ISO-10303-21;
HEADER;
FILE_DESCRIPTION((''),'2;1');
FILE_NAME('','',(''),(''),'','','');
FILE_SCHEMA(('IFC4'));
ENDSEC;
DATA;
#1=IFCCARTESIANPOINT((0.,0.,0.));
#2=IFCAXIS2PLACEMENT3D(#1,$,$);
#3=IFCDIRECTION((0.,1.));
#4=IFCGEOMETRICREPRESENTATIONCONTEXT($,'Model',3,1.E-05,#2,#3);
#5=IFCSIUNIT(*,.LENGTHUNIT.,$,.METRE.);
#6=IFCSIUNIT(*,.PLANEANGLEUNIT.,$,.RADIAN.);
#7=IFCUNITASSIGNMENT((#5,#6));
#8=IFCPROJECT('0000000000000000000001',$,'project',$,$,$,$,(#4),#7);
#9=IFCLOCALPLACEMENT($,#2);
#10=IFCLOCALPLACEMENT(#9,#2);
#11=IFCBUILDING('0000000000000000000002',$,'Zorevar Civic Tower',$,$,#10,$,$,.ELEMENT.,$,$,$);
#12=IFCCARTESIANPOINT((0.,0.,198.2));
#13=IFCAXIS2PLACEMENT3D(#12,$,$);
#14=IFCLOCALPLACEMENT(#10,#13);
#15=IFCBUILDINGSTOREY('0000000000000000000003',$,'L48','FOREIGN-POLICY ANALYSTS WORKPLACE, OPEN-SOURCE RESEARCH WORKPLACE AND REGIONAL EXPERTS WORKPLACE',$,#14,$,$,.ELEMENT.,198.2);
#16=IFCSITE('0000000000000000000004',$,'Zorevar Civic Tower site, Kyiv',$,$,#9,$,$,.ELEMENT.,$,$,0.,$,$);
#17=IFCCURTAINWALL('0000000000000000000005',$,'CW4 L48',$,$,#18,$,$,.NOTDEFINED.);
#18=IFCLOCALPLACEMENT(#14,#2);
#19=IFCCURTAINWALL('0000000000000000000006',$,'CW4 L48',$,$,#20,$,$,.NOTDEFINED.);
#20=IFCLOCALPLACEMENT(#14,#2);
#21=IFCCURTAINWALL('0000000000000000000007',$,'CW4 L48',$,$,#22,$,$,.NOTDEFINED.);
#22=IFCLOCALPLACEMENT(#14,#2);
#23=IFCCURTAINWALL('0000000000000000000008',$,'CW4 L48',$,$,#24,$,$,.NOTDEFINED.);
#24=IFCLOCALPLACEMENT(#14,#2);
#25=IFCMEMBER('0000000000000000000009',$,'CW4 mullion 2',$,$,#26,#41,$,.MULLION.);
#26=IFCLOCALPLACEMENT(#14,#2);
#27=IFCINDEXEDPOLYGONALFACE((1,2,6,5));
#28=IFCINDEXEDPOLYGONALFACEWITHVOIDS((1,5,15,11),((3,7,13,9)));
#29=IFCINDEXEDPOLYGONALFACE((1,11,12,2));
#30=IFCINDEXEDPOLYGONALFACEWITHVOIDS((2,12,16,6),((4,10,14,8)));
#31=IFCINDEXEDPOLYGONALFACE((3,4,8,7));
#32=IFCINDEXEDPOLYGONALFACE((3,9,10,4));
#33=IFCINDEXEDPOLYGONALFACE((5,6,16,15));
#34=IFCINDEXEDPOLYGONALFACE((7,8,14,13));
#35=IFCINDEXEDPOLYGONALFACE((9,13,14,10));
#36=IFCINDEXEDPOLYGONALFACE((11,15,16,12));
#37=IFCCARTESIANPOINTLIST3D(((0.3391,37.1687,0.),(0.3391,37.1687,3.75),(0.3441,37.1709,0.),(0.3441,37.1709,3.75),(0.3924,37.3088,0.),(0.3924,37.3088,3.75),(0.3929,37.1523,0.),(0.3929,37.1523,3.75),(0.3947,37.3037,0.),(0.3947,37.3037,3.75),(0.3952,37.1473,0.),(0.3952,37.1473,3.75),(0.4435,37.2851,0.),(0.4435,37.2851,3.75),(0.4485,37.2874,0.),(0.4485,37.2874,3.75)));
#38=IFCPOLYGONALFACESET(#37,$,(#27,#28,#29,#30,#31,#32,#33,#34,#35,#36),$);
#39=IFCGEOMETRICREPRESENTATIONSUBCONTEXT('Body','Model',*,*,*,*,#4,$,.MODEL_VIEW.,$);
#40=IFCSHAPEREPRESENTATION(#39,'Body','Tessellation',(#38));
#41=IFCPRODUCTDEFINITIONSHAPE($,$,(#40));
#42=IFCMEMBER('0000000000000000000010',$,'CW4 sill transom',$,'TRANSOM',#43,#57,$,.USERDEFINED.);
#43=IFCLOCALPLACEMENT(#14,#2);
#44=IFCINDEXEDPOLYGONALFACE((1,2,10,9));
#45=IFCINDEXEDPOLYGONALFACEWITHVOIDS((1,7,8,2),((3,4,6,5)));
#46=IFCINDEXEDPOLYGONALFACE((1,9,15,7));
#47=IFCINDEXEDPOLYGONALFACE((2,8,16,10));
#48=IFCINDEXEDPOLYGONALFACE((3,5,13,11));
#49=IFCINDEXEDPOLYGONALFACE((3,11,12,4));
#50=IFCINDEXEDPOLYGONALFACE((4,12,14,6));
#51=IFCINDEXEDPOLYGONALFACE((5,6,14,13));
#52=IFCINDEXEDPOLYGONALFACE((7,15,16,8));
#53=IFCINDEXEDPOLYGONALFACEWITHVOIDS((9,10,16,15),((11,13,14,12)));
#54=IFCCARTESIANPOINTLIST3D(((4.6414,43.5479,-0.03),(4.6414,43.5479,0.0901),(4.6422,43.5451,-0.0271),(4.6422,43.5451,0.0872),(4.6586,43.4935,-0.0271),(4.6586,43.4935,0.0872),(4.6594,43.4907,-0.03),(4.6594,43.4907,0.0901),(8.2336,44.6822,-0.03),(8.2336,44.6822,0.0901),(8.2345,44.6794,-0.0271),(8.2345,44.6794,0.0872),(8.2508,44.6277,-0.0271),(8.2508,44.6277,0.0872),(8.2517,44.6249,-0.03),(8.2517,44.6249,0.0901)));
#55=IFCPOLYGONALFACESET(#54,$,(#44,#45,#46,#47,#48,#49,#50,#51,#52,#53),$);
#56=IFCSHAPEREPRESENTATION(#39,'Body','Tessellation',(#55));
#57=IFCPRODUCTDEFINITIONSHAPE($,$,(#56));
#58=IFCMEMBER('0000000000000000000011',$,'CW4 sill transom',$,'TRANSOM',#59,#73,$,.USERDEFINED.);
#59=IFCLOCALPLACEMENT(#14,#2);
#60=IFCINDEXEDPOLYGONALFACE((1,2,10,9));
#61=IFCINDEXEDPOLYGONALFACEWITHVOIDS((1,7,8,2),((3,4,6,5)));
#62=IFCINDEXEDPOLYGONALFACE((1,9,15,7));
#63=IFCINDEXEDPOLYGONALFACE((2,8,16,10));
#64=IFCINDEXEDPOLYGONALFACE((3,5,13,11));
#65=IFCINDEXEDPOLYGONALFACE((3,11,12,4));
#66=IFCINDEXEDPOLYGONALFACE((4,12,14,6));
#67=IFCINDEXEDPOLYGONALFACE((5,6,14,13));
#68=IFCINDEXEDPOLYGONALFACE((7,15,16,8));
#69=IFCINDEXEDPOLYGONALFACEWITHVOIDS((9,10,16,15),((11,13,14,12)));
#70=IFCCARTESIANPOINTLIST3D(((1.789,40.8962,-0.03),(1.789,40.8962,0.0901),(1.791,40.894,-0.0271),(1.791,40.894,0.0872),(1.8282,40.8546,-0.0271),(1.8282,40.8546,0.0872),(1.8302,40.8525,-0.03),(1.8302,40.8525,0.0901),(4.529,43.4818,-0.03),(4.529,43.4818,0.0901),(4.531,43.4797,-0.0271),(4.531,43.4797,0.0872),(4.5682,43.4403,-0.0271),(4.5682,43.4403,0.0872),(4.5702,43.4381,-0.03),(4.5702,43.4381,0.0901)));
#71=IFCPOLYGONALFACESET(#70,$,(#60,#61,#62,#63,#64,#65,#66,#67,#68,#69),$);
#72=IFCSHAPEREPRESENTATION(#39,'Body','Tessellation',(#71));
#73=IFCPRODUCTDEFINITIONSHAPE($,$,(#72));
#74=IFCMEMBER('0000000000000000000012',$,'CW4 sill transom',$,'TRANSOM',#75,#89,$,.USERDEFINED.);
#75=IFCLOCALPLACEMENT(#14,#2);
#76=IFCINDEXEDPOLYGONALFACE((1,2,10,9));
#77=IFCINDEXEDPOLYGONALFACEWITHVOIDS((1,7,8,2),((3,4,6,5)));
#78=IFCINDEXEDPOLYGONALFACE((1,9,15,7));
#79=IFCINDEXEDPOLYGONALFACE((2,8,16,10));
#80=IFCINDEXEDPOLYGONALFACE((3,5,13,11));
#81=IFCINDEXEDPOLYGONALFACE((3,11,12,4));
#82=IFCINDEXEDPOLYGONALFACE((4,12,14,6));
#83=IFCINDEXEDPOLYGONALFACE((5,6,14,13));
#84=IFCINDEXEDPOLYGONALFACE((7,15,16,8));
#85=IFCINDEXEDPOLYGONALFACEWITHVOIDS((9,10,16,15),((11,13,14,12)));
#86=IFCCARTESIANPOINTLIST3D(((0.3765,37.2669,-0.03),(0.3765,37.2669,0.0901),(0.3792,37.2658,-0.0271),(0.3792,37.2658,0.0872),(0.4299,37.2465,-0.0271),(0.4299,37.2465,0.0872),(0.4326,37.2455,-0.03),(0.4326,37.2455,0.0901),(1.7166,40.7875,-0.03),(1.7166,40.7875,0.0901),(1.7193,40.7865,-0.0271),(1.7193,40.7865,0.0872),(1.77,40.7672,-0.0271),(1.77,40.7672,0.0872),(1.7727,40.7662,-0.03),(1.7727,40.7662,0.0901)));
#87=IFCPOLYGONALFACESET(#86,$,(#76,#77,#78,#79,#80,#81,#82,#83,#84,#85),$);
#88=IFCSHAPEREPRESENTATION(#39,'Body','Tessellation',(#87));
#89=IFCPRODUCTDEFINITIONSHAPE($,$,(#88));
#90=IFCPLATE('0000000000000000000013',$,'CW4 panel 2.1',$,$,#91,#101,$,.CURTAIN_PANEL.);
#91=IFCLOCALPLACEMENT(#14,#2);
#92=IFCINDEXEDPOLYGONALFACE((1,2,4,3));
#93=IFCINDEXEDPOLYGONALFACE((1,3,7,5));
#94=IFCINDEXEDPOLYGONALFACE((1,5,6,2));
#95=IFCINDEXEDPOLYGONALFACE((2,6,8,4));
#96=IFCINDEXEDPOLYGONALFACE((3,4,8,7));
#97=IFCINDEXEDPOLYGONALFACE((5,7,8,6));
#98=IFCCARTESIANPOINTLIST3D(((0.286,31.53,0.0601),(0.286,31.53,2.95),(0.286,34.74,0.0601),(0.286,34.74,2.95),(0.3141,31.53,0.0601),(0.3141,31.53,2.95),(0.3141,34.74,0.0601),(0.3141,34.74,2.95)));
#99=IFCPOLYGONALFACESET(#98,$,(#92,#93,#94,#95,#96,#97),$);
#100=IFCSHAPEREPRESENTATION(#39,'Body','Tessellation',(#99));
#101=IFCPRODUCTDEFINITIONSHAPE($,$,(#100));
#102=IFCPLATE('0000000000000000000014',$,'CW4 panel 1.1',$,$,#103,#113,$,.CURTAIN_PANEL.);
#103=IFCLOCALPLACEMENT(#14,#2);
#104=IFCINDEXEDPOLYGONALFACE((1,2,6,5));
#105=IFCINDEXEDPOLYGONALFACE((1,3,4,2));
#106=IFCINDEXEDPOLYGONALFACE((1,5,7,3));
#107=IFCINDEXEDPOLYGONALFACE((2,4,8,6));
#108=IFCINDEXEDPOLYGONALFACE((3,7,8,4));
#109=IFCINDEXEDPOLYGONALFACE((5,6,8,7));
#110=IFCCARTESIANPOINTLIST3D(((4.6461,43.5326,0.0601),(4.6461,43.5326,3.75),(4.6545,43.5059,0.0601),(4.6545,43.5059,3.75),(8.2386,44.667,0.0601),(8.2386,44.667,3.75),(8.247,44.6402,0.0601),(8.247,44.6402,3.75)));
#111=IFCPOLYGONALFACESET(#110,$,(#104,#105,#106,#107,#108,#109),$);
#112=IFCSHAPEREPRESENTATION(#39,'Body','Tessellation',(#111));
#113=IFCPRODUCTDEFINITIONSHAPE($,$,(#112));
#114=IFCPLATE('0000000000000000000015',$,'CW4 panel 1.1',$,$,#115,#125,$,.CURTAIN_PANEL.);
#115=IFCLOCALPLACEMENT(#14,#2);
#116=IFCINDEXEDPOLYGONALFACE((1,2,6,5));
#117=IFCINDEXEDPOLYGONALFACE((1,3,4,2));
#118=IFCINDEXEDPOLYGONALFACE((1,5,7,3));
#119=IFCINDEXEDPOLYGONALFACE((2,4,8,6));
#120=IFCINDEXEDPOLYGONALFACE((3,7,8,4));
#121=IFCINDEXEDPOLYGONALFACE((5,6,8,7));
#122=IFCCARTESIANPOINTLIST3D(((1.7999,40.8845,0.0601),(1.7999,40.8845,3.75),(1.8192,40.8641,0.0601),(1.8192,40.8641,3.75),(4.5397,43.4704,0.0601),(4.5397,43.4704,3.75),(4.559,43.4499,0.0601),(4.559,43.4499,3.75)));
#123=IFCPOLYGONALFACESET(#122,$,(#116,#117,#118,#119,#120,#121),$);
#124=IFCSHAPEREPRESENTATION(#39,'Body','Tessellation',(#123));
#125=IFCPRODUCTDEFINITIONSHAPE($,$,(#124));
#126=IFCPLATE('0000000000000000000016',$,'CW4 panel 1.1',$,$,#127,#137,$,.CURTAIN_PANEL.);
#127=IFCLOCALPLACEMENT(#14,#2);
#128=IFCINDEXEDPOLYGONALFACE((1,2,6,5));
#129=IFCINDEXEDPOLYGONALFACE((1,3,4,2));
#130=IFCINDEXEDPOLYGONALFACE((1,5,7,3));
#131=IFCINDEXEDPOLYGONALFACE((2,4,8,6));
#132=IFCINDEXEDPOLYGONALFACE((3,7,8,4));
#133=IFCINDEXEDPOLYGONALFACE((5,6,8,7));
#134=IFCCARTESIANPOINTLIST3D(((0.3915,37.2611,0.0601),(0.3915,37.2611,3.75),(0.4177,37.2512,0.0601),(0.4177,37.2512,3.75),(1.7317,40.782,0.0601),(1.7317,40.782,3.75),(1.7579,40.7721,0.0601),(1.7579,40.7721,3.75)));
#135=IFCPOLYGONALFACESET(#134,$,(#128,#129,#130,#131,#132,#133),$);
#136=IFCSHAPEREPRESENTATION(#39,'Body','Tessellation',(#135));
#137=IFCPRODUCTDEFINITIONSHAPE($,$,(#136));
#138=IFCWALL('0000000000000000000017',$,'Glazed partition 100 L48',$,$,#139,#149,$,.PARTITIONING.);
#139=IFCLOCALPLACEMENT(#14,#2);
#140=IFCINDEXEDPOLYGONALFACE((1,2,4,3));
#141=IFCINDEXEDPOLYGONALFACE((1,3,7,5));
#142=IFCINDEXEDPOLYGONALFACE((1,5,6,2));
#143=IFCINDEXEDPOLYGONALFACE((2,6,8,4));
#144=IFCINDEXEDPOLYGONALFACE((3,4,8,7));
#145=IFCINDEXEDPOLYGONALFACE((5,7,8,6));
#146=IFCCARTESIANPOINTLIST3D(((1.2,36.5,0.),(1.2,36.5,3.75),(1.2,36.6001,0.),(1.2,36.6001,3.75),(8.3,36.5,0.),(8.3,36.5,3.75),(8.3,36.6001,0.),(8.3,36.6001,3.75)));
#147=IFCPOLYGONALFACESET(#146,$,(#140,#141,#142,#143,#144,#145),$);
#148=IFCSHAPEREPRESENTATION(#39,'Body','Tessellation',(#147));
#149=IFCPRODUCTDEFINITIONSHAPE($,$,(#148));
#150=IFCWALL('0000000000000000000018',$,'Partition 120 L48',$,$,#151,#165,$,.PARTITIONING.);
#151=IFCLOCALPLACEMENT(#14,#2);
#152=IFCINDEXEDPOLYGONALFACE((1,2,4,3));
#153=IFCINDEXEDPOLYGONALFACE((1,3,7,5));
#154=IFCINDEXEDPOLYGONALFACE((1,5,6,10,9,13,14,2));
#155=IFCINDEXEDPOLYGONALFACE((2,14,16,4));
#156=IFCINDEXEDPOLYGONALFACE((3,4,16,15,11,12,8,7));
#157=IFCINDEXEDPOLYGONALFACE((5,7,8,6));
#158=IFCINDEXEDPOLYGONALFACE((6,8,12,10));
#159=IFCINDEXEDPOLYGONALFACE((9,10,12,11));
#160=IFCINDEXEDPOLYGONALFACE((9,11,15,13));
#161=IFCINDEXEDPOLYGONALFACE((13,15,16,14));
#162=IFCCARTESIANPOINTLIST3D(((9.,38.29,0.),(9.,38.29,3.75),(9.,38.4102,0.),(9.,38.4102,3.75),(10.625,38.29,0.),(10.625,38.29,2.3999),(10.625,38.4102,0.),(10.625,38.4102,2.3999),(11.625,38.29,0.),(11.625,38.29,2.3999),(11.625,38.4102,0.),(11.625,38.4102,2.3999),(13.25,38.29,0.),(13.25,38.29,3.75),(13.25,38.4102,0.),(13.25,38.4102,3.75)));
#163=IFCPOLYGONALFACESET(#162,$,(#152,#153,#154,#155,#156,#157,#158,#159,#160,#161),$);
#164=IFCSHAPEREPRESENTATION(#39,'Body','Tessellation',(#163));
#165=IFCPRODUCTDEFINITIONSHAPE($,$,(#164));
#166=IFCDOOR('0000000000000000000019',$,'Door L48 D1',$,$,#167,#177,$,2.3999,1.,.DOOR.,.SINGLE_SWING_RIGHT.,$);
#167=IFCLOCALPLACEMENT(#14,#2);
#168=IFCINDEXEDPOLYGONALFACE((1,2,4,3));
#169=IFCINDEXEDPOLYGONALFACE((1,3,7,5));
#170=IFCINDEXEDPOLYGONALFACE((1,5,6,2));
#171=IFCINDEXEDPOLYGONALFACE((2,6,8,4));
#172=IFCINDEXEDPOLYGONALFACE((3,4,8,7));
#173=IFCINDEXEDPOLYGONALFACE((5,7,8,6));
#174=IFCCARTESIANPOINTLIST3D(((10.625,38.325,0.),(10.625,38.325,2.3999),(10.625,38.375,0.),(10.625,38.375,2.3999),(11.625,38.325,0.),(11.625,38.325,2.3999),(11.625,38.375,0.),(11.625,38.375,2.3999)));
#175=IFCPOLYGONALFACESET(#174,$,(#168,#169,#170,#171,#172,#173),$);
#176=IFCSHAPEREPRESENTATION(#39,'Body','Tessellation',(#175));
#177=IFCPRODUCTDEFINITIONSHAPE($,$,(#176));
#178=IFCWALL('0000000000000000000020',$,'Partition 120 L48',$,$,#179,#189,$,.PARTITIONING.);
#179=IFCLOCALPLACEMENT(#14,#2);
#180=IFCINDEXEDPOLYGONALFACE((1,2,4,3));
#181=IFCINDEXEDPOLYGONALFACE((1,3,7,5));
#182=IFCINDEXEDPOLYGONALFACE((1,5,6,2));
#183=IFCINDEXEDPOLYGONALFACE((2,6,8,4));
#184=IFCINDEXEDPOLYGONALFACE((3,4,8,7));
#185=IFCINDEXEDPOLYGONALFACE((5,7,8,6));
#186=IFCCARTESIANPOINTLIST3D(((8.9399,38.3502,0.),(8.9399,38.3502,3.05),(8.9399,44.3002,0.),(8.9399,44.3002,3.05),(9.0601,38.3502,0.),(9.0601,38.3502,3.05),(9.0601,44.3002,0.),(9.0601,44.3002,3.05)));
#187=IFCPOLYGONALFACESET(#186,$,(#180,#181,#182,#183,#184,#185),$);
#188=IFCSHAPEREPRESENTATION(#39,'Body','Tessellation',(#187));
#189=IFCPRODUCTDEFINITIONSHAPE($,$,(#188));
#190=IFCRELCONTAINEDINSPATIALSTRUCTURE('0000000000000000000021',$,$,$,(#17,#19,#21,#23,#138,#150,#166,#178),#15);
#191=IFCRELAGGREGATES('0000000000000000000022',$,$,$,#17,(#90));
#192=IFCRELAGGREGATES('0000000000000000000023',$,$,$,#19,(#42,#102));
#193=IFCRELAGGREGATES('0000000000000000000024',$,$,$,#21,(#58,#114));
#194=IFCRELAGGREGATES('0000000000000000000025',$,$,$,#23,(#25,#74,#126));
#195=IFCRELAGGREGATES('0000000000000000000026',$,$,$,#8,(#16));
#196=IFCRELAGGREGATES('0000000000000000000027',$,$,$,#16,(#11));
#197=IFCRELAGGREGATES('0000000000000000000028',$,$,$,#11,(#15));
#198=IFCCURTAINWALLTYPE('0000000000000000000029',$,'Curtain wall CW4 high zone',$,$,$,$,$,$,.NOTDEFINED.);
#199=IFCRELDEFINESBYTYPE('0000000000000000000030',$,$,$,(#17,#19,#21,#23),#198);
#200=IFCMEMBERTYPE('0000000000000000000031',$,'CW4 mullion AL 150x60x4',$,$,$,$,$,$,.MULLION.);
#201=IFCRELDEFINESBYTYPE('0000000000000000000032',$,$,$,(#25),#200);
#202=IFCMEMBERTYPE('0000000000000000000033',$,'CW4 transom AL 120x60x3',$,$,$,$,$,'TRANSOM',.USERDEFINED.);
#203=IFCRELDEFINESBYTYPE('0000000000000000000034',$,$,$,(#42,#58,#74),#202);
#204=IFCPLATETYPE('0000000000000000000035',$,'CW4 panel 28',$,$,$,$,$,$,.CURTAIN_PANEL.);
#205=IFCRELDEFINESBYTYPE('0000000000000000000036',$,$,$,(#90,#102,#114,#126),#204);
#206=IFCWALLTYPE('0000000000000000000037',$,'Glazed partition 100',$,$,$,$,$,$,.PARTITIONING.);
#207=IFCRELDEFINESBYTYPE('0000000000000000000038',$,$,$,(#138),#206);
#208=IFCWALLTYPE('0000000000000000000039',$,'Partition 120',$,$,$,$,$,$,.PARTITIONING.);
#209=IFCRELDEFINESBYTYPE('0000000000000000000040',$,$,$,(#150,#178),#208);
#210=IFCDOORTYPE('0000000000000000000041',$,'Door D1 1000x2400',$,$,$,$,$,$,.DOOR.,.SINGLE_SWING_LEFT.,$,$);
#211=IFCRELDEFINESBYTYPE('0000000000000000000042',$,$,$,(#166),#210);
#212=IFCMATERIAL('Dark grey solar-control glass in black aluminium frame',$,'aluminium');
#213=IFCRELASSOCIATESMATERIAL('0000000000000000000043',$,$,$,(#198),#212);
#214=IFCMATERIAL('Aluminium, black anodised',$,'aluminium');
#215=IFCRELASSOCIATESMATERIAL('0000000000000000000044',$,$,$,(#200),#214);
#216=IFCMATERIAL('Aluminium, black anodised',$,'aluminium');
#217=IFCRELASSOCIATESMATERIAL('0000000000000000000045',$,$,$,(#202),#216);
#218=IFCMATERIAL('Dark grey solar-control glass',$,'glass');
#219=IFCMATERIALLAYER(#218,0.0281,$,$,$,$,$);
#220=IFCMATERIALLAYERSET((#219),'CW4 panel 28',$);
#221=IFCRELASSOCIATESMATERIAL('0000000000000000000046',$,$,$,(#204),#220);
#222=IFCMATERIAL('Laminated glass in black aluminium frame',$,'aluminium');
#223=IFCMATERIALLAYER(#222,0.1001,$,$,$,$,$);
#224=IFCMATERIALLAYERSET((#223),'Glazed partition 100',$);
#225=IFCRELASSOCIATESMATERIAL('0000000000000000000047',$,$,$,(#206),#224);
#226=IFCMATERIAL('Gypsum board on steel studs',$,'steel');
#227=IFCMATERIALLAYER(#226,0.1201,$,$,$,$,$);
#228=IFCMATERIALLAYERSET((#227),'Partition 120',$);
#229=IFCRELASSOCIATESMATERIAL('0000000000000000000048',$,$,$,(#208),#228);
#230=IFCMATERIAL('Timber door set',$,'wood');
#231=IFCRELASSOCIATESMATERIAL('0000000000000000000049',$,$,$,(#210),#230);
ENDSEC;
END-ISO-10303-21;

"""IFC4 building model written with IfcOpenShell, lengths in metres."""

from ifc_helpers import new_model, si_unit, direction, frame, frame_2d, origin, origin_2d, place, context, subcontext, project, spatial, rectangle, hollow_rectangle, extrude, material, layer, layer_set, material_profile, profile_set, type_object, element, fill, aggregate, save


model = new_model("IFC4")

# Units and contexts
model_context = context("Model", 3, precision=1e-05, world=origin(), true_north=direction((0.0, 1.0)))
body_context = subcontext(model_context, "Body", "Model", "MODEL_VIEW")
ifc_project = project(units=[si_unit("LENGTHUNIT", "METRE"), si_unit("PLANEANGLEUNIT", "RADIAN")], contexts=[model_context])

# Site, building, storey
site_placement = place(None, origin())
site = spatial("IfcSite", under=ifc_project, at=site_placement, Name="Zorevar Civic Tower site, Kyiv", CompositionType="ELEMENT", RefElevation=0.0)
building_placement = place(site_placement, origin())
building = spatial("IfcBuilding", under=site, at=building_placement, Name="Zorevar Civic Tower", CompositionType="ELEMENT")
storey_placement = place(building_placement, frame((0.0, 0.0, 198.2)))
storey = spatial("IfcBuildingStorey", under=building, at=storey_placement, Name="L48", Description="FOREIGN-POLICY ANALYSTS WORKPLACE, OPEN-SOURCE RESEARCH WORKPLACE AND REGIONAL EXPERTS WORKPLACE", CompositionType="ELEMENT", Elevation=198.2)

# Curtain wall
ifc_material_1 = material(Name="Dark grey solar-control glass in black aluminium frame", Category="aluminium")
curtain_wall_type = type_object("IfcCurtainWallType", Name="Curtain wall CW4 high zone", PredefinedType="NOTDEFINED", material=ifc_material_1)
curtain_wall_1_placement = place(storey_placement, origin())
curtain_wall_1 = element("IfcCurtainWall", 1, at=curtain_wall_1_placement, inside=storey, type_object=curtain_wall_type, Name="CW4 L48", PredefinedType="NOTDEFINED")
ifc_material_2 = material(Name="Aluminium, black anodised", Category="aluminium")
ifc_material_profile_1 = material_profile(ifc_material_2, hollow_rectangle(XDim=0.0601, YDim=0.1499, WallThickness=0.0039, at=origin_2d()), Name="AL 150x60x4")
ifc_profile_set_1 = profile_set([ifc_material_profile_1], Name="Aluminium, black anodised")
member_type_1 = type_object("IfcMemberType", Name="CW4 mullion AL 150x60x4", PredefinedType="MULLION", material=ifc_profile_set_1)

# Curtain walls, member
curtain_wall_2_placement = place(storey_placement, origin())
curtain_wall_2 = element("IfcCurtainWall", 2, at=curtain_wall_2_placement, inside=storey, type_object=curtain_wall_type, Name="CW4 L48", PredefinedType="NOTDEFINED")
curtain_wall_3_placement = place(storey_placement, origin())
curtain_wall_3 = element("IfcCurtainWall", 3, at=curtain_wall_3_placement, inside=storey, type_object=curtain_wall_type, Name="CW4 L48", PredefinedType="NOTDEFINED")
curtain_wall_4_placement = place(storey_placement, origin())
curtain_wall_4 = element("IfcCurtainWall", 4, at=curtain_wall_4_placement, inside=storey, type_object=curtain_wall_type, Name="CW4 L48", PredefinedType="NOTDEFINED")
member_1_placement = place(storey_placement, frame((0.3938, 37.228, 0.0), z_axis=(0.0, 0.0, 1.0), x_axis=(0.934588, -0.355731, 0.0)))
member_1 = element("IfcMember", 5, at=member_1_placement, type_object=member_type_1, Name="CW4 mullion 2", PredefinedType="MULLION", context=body_context, shape_type="SweptSolid", body=[
    extrude(hollow_rectangle(XDim=0.0601, YDim=0.1499, WallThickness=0.0039, at=origin_2d()), origin(), (0.0, 0.0, 1.0), 3.75),
])

# Members
ifc_material_3 = material(Name="Aluminium, black anodised", Category="aluminium")
ifc_material_profile_2 = material_profile(ifc_material_3, hollow_rectangle(XDim=0.0601, YDim=0.1201, WallThickness=0.0029, at=origin_2d()), Name="AL 120x60x3")
ifc_profile_set_2 = profile_set([ifc_material_profile_2], Name="Aluminium, black anodised")
member_type_2 = type_object("IfcMemberType", Name="CW4 transom AL 120x60x3", ElementType="TRANSOM", PredefinedType="USERDEFINED", material=ifc_profile_set_2)
member_2_placement = place(storey_placement, frame((8.2427, 44.6536, 0.03), z_axis=(-0.953592, -0.3011, 0.0), x_axis=(0.3011, -0.953592, 0.0)))
member_2 = element("IfcMember", 6, at=member_2_placement, type_object=member_type_2, Name="CW4 sill transom", ObjectType="TRANSOM", PredefinedType="USERDEFINED", context=body_context, shape_type="SweptSolid", body=[
    extrude(hollow_rectangle(XDim=0.0601, YDim=0.1201, WallThickness=0.0029, at=origin_2d()), origin(), (0.0, 0.0, 1.0), 3.7671),
])
member_3_placement = place(storey_placement, frame((4.5496, 43.46, 0.03), z_axis=(-0.727288, -0.686332, 0.0), x_axis=(0.686332, -0.727288, 0.0)))
member_3 = element("IfcMember", 7, at=member_3_placement, type_object=member_type_2, Name="CW4 sill transom", ObjectType="TRANSOM", PredefinedType="USERDEFINED", context=body_context, shape_type="SweptSolid", body=[
    extrude(hollow_rectangle(XDim=0.0601, YDim=0.1201, WallThickness=0.0029, at=origin_2d()), origin(), (0.0, 0.0, 1.0), 3.7673),
])
member_4_placement = place(storey_placement, frame((1.7446, 40.7769, 0.03), z_axis=(-0.355729, -0.934589, 0.0), x_axis=(0.934589, -0.355729, 0.0)))
member_4 = element("IfcMember", 8, at=member_4_placement, type_object=member_type_2, Name="CW4 sill transom", ObjectType="TRANSOM", PredefinedType="USERDEFINED", context=body_context, shape_type="SweptSolid", body=[
    extrude(hollow_rectangle(XDim=0.0601, YDim=0.1201, WallThickness=0.0029, at=origin_2d()), origin(), (0.0, 0.0, 1.0), 3.7671),
])

# Plates
ifc_material_4 = material(Name="Dark grey solar-control glass", Category="glass")
ifc_layer_1 = layer(ifc_material_4, 0.0281)
ifc_layer_set_1 = layer_set([ifc_layer_1], Name="CW4 panel 28")
plate_type = type_object("IfcPlateType", Name="CW4 panel 28", PredefinedType="CURTAIN_PANEL", material=ifc_layer_set_1)
plate_1_placement = place(storey_placement, frame((0.3, 33.135, 0.0601), z_axis=(0.0, 0.0, 1.0), x_axis=(0.0, 1.0, 0.0)))
plate_1 = element("IfcPlate", 9, at=plate_1_placement, type_object=plate_type, Name="CW4 panel 2.1", PredefinedType="CURTAIN_PANEL", context=body_context, shape_type="SweptSolid", body=[
    extrude(rectangle(XDim=3.21, YDim=0.0281, at=origin_2d()), origin(), (0.0, 0.0, 1.0), 2.8899),
])
aggregate(curtain_wall_1, [plate_1])
plate_2_placement = place(storey_placement, frame((6.4465, 44.0864, 0.0601), z_axis=(0.0, 0.0, 1.0), x_axis=(-0.95359, -0.301108, 0.0)))
plate_2 = element("IfcPlate", 10, at=plate_2_placement, type_object=plate_type, Name="CW4 panel 1.1", PredefinedType="CURTAIN_PANEL", context=body_context, shape_type="SweptSolid", body=[
    extrude(rectangle(XDim=3.7673, YDim=0.0281, at=origin_2d()), origin(), (0.0, 0.0, 1.0), 3.6899),
])
aggregate(curtain_wall_2, [member_2, plate_2])
plate_3_placement = place(storey_placement, frame((3.1794, 42.1672, 0.0601), z_axis=(0.0, 0.0, 1.0), x_axis=(-0.727245, -0.686378, 0.0)))
plate_3 = element("IfcPlate", 11, at=plate_3_placement, type_object=plate_type, Name="CW4 panel 1.1", PredefinedType="CURTAIN_PANEL", context=body_context, shape_type="SweptSolid", body=[
    extrude(rectangle(XDim=3.7673, YDim=0.0281, at=origin_2d()), origin(), (0.0, 0.0, 1.0), 3.6899),
])
aggregate(curtain_wall_3, [member_3, plate_3])
plate_4_placement = place(storey_placement, frame((1.0747, 39.0166, 0.0601), z_axis=(0.0, 0.0, 1.0), x_axis=(-0.355731, -0.934588, 0.0)))
plate_4 = element("IfcPlate", 12, at=plate_4_placement, type_object=plate_type, Name="CW4 panel 1.1", PredefinedType="CURTAIN_PANEL", context=body_context, shape_type="SweptSolid", body=[
    extrude(rectangle(XDim=3.7673, YDim=0.0281, at=origin_2d()), origin(), (0.0, 0.0, 1.0), 3.6899),
])
aggregate(curtain_wall_4, [member_1, member_4, plate_4])

# Wall
ifc_material_5 = material(Name="Laminated glass in black aluminium frame", Category="aluminium")
ifc_layer_2 = layer(ifc_material_5, 0.1001)
ifc_layer_set_2 = layer_set([ifc_layer_2], Name="Glazed partition 100")
wall_type_1 = type_object("IfcWallType", Name="Glazed partition 100", PredefinedType="PARTITIONING", material=ifc_layer_set_2)
wall_1_placement = place(storey_placement, frame((1.2, 36.55, 0.0), z_axis=(0.0, 0.0, 1.0), x_axis=(1.0, 0.0, 0.0)))
element("IfcWall", 13, at=wall_1_placement, inside=storey, type_object=wall_type_1, Name="Glazed partition 100 L48", PredefinedType="PARTITIONING", context=body_context, shape_type="SweptSolid", body=[
    extrude(rectangle(XDim=7.1001, YDim=0.1001, at=frame_2d((3.55, 0.0))), origin(), (0.0, 0.0, 1.0), 3.75),
])

# Wall, opening, door
ifc_material_6 = material(Name="Gypsum board on steel studs", Category="steel")
ifc_layer_3 = layer(ifc_material_6, 0.1201)
ifc_layer_set_3 = layer_set([ifc_layer_3], Name="Partition 120")
wall_type_2 = type_object("IfcWallType", Name="Partition 120", PredefinedType="PARTITIONING", material=ifc_layer_set_3)
wall_2_placement = place(storey_placement, frame((9.0, 38.3501, 0.0), z_axis=(0.0, 0.0, 1.0), x_axis=(1.0, 0.0, 0.0)))
wall_2 = element("IfcWall", 14, at=wall_2_placement, inside=storey, type_object=wall_type_2, Name="Partition 120 L48", PredefinedType="PARTITIONING", context=body_context, shape_type="SweptSolid", body=[
    extrude(rectangle(XDim=4.25, YDim=0.1201, at=frame_2d((2.125, 0.0))), origin(), (0.0, 0.0, 1.0), 3.75),
])
opening_placement = place(wall_2_placement, frame((1.625, 0.0, 0.0)))
opening = element("IfcOpeningElement", 15, at=opening_placement, cuts=wall_2, PredefinedType="OPENING", context=body_context, shape_type="SweptSolid", body=[
    extrude(rectangle(XDim=1.0, YDim=2.3999, at=frame_2d((0.5, 1.2))), frame((0.0, 0.0701, 0.0), z_axis=(0.0, -1.0, 0.0), x_axis=(1.0, 0.0, 0.0)), (0.0, 0.0, 1.0), 0.1401),
])
ifc_material_7 = material(Name="Timber door set", Category="wood")
door_type = type_object("IfcDoorType", Name="Door D1 1000x2400", OperationType="SINGLE_SWING_LEFT", PredefinedType="DOOR", material=ifc_material_7)
door_placement = place(opening_placement, origin())
door = element("IfcDoor", 16, at=door_placement, inside=storey, type_object=door_type, Name="Door L48 D1", OperationType="SINGLE_SWING_RIGHT", OverallHeight=2.3999, OverallWidth=1.0, PredefinedType="DOOR", context=body_context, shape_type="SweptSolid", body=[
    extrude(rectangle(XDim=1.0, YDim=2.3999, at=frame_2d((0.5, 1.2))), frame((0.0, 0.0249, 0.0), z_axis=(0.0, -1.0, 0.0), x_axis=(1.0, 0.0, 0.0)), (0.0, 0.0, 1.0), 0.05),
])
fill(opening, door)

# Wall
wall_3_placement = place(storey_placement, frame((9.0, 38.3501, 0.0), z_axis=(0.0, 0.0, 1.0), x_axis=(0.0, 1.0, 0.0)))
element("IfcWall", 17, at=wall_3_placement, inside=storey, type_object=wall_type_2, Name="Partition 120 L48", PredefinedType="PARTITIONING", context=body_context, shape_type="SweptSolid", body=[
    extrude(rectangle(XDim=5.95, YDim=0.1201, at=frame_2d((2.9751, 0.0))), origin(), (0.0, 0.0, 1.0), 3.05),
])

save(model, "model.ifc")
